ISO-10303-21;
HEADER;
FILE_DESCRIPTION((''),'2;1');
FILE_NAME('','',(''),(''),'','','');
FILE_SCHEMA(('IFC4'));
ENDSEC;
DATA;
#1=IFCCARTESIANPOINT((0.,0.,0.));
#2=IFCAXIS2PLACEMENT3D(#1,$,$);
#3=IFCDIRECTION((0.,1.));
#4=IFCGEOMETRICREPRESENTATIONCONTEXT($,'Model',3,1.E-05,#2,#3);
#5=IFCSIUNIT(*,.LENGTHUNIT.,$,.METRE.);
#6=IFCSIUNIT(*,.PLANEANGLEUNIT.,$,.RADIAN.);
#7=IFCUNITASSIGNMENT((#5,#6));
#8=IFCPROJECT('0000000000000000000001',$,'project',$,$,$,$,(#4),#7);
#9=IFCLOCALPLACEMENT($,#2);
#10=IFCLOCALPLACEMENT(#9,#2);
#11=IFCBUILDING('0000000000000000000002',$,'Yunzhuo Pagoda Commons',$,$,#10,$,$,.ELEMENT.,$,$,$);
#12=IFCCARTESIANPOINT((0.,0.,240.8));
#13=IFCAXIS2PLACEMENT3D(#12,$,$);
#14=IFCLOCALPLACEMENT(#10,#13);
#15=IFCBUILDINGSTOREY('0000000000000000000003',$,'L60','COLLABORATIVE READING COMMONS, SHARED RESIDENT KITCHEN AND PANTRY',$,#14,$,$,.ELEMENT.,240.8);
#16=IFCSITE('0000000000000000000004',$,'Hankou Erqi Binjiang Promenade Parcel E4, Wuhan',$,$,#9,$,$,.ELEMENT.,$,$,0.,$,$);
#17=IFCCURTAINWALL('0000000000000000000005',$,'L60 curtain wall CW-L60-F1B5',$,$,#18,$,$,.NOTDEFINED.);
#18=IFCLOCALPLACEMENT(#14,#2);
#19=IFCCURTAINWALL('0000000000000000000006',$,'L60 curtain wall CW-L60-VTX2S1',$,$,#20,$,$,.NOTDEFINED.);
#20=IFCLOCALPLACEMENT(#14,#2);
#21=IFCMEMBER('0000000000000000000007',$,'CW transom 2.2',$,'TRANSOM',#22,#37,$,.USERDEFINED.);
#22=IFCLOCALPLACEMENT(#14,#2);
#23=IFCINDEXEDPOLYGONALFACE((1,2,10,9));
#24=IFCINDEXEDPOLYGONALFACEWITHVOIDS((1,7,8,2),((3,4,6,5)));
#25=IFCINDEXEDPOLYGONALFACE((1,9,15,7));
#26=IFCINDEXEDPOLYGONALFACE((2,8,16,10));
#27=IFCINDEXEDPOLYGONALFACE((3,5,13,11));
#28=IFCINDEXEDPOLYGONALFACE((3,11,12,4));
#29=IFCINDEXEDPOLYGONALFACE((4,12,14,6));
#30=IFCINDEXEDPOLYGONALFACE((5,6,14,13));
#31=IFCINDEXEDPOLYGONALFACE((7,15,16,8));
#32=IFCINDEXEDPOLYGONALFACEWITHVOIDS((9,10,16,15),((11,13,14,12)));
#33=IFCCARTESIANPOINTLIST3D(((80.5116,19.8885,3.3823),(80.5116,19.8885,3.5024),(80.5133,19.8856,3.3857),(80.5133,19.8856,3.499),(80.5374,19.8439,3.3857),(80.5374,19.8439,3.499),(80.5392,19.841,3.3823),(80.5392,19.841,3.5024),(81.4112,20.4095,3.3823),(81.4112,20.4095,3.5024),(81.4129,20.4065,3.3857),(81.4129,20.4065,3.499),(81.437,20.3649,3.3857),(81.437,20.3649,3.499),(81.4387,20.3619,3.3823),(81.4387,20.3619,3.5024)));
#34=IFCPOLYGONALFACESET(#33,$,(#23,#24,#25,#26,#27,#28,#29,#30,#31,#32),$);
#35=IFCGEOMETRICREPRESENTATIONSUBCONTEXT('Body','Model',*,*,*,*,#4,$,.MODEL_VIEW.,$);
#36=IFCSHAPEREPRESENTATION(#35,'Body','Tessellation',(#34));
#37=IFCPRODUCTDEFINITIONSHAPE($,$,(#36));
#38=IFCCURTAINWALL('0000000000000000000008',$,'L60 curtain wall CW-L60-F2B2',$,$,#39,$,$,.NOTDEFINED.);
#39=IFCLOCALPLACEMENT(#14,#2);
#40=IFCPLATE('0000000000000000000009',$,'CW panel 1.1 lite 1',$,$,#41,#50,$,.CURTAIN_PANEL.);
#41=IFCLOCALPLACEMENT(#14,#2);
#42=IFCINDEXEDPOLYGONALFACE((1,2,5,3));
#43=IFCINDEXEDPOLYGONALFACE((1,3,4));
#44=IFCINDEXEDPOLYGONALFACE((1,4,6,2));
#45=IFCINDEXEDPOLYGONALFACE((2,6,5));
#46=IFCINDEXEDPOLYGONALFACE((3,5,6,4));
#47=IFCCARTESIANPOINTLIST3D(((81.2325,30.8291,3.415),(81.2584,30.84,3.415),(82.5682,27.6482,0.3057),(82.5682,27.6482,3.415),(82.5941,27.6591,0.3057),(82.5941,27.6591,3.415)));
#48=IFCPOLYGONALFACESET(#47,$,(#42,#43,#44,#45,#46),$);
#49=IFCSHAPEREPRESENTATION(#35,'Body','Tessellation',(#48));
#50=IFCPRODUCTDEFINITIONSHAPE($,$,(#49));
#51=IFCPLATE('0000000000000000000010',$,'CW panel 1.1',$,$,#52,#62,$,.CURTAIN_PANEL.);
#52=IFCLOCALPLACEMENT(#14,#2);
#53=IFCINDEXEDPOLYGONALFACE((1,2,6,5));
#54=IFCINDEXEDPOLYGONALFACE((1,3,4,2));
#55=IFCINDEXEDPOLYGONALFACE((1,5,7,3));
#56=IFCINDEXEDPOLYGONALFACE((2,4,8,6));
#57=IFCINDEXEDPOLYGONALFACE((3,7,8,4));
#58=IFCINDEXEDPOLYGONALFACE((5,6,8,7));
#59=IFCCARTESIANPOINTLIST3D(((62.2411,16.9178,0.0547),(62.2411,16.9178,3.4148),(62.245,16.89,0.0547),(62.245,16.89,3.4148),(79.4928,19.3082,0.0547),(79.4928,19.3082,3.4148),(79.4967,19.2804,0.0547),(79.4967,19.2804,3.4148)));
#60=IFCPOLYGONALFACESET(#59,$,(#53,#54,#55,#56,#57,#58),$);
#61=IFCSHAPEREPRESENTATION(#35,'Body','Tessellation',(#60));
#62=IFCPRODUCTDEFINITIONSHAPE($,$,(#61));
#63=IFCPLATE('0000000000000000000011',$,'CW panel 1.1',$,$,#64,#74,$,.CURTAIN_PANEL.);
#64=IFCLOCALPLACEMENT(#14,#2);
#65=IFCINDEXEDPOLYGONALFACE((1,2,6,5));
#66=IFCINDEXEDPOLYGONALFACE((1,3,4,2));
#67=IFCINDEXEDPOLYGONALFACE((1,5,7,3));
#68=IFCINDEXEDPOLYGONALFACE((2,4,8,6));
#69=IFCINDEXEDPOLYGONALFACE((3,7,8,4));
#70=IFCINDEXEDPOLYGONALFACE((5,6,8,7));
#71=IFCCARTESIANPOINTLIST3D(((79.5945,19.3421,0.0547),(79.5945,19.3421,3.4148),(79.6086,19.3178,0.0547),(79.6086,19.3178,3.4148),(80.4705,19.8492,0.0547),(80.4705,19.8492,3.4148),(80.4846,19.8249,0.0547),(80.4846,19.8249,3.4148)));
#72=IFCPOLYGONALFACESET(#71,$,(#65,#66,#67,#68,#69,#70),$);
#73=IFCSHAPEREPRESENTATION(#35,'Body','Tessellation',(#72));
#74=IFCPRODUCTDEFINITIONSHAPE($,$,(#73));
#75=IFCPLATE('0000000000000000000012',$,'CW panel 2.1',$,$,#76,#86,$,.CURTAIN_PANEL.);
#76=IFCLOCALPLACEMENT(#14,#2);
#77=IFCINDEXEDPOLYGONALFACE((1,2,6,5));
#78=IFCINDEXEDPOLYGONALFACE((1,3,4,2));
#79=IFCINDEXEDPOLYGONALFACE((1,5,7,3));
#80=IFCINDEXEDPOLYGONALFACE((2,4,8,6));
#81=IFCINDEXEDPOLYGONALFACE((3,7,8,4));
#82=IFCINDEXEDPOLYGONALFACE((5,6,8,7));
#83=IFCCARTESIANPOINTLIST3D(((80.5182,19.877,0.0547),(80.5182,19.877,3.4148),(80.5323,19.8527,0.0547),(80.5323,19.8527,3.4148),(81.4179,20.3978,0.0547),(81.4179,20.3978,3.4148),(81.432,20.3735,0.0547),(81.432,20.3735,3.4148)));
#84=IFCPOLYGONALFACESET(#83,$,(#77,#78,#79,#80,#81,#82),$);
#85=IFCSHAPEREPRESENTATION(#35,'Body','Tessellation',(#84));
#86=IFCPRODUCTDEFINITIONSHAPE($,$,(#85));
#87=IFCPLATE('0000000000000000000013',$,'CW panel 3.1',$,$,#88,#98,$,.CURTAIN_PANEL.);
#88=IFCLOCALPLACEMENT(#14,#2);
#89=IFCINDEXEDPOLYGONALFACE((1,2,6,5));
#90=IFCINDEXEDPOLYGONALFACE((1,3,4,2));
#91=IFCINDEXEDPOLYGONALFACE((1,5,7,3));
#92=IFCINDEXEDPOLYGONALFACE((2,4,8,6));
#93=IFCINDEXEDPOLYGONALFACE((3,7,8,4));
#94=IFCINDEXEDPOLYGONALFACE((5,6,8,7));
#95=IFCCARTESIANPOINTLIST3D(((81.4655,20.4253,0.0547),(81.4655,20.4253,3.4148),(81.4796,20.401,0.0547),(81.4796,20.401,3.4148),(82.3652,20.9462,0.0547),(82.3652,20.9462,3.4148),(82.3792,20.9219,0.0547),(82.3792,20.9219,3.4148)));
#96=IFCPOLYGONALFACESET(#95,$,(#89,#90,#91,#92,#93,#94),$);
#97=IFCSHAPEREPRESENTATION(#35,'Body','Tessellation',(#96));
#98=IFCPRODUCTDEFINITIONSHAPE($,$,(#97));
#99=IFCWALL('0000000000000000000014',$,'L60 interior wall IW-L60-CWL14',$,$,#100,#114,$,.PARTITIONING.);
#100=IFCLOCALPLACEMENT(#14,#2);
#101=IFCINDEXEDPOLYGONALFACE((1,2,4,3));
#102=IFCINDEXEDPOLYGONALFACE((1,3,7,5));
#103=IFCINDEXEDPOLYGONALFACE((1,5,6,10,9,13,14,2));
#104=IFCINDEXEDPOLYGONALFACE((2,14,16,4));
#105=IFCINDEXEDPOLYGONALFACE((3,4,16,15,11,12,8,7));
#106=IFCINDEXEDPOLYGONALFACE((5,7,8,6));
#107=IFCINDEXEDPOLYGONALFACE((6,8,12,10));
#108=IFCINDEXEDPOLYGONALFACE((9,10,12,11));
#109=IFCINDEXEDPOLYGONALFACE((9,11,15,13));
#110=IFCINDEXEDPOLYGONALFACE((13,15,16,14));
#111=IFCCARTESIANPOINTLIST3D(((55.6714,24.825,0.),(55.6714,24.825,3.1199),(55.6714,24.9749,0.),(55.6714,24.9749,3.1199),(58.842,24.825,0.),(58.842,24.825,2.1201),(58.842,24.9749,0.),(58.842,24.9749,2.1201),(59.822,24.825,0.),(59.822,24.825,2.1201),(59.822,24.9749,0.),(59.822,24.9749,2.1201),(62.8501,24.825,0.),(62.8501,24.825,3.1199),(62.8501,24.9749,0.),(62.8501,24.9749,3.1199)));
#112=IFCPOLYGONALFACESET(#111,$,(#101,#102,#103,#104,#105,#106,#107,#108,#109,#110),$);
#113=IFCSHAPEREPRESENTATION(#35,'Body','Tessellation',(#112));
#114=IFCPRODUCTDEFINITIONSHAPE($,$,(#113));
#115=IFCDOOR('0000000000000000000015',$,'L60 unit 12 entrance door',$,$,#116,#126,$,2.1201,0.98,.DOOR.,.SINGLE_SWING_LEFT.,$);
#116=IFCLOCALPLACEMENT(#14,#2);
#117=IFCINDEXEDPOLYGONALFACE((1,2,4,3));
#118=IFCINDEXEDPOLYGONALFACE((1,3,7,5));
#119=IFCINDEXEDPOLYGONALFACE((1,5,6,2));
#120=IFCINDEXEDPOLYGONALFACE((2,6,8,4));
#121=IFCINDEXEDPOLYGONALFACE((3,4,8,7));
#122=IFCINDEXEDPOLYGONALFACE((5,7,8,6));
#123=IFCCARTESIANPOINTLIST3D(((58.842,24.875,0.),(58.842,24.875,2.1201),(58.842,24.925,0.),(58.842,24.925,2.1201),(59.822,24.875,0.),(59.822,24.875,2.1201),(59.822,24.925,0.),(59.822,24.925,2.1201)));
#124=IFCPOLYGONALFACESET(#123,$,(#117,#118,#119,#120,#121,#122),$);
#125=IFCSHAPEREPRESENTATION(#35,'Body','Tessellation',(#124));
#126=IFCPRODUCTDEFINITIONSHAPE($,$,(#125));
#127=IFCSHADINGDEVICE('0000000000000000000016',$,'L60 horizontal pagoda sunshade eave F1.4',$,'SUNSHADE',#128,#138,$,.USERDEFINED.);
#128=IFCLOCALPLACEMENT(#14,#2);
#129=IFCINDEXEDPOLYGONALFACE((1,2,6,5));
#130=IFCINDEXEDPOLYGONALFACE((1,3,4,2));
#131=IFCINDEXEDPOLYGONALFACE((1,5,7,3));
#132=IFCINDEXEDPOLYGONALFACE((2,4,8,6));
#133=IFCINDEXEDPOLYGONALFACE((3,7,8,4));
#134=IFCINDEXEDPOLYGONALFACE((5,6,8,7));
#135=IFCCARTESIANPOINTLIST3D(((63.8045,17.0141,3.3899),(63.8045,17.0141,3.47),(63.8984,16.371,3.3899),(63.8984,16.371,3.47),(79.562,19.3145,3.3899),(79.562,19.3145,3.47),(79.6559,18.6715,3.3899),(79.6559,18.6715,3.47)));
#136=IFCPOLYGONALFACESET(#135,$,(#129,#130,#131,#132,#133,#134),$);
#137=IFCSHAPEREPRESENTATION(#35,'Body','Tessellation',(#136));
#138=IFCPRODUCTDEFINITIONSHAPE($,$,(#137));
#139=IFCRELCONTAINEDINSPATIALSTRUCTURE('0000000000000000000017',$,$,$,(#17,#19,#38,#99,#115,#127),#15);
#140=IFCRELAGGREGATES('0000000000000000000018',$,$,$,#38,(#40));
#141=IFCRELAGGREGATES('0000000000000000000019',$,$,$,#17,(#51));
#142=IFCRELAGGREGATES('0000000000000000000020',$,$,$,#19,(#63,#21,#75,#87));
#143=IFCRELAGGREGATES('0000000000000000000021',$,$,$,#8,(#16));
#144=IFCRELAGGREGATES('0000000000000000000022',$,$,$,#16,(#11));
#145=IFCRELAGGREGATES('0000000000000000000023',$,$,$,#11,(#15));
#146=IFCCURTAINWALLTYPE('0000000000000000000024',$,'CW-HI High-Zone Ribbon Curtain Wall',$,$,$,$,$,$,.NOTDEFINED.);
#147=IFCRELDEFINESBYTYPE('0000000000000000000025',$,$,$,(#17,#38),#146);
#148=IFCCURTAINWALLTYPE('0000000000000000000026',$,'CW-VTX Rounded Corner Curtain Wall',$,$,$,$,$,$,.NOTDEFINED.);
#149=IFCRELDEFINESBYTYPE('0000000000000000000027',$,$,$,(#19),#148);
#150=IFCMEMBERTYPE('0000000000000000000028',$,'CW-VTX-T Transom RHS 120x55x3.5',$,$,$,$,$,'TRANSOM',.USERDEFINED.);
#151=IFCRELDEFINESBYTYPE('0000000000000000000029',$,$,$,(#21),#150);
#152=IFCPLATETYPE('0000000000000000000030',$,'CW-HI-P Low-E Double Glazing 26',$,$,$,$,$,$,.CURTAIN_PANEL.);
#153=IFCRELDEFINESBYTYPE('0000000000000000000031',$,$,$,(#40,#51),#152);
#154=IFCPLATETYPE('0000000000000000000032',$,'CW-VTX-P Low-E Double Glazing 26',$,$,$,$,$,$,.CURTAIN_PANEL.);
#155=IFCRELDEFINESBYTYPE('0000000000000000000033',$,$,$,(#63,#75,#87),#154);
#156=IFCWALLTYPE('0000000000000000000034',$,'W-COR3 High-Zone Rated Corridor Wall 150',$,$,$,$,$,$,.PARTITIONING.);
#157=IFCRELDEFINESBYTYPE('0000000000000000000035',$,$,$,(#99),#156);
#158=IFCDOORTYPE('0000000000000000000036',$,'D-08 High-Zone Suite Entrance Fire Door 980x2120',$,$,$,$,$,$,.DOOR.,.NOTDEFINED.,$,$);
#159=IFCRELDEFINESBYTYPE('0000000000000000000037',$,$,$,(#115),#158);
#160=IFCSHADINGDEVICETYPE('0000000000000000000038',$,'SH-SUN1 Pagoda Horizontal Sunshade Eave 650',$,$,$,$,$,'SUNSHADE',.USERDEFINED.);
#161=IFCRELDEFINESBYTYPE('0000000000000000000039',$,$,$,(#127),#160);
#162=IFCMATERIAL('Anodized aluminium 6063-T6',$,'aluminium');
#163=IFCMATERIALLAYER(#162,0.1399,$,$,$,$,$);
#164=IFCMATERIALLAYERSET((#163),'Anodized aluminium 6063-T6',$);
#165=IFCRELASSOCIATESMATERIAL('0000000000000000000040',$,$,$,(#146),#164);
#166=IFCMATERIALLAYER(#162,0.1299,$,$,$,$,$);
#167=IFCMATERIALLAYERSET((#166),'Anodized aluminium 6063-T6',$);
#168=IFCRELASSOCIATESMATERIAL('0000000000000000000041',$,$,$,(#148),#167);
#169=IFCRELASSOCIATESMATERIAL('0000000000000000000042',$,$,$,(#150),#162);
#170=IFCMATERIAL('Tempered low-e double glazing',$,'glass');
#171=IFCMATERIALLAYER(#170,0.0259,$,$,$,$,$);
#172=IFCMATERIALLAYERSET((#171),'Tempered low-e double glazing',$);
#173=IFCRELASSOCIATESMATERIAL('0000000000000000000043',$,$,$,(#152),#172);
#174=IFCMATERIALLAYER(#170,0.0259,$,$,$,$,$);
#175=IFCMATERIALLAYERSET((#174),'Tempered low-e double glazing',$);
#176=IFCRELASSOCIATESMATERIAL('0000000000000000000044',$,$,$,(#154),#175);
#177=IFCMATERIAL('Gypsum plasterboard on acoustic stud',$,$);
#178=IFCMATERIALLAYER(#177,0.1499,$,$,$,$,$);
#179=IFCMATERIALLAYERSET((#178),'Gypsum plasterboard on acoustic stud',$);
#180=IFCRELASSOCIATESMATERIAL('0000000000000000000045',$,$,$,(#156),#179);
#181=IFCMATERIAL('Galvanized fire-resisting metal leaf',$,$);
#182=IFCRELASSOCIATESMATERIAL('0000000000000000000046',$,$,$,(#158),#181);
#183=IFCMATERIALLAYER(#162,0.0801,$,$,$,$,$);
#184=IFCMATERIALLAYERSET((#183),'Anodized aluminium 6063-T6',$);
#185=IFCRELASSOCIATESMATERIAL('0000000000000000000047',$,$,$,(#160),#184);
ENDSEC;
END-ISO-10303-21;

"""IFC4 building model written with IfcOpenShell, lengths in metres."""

from ifc_helpers import new_model, si_unit, direction, frame, frame_2d, origin, origin_with_axes, origin_2d, place, context, subcontext, project, spatial, polyline, rectangle, hollow_rectangle, outline, extrude, source, transform, mapped, material, layer, layer_set, material_profile, profile_set, type_object, element, fill, aggregate, save


model = new_model("IFC4")

# Units and contexts
model_context = context("Model", 3, precision=1e-05, world=origin(), true_north=direction((0.0, 1.0)))
body_context = subcontext(model_context, "Body", "Model", "MODEL_VIEW")
ifc_project = project(units=[si_unit("LENGTHUNIT", "METRE"), si_unit("PLANEANGLEUNIT", "RADIAN")], contexts=[model_context])

# Site, building, storey
site_placement = place(None, origin())
site = spatial("IfcSite", under=ifc_project, at=site_placement, Name="Hankou Erqi Binjiang Promenade Parcel E4, Wuhan", CompositionType="ELEMENT", RefElevation=0.0)
building_placement = place(site_placement, origin())
building = spatial("IfcBuilding", under=site, at=building_placement, Name="Yunzhuo Pagoda Commons", CompositionType="ELEMENT")
storey_placement = place(building_placement, frame((0.0, 0.0, 240.8)))
storey = spatial("IfcBuildingStorey", under=building, at=storey_placement, Name="L60", Description="COLLABORATIVE READING COMMONS, SHARED RESIDENT KITCHEN AND PANTRY", CompositionType="ELEMENT", Elevation=240.8)

# Curtain walls, member
ifc_material_1 = material(Name="Anodized aluminium 6063-T6", Category="aluminium")
ifc_layer_1 = layer(ifc_material_1, 0.1399)
ifc_layer_set_1 = layer_set([ifc_layer_1], Name="Anodized aluminium 6063-T6")
curtain_wall_type_1 = type_object("IfcCurtainWallType", Name="CW-HI High-Zone Ribbon Curtain Wall", PredefinedType="NOTDEFINED", material=ifc_layer_set_1)
curtain_wall_1_placement = place(storey_placement, origin())
curtain_wall_1 = element("IfcCurtainWall", 1, at=curtain_wall_1_placement, inside=storey, type_object=curtain_wall_type_1, Name="L60 curtain wall CW-L60-F1B5", PredefinedType="NOTDEFINED")
ifc_layer_2 = layer(ifc_material_1, 0.1299)
ifc_layer_set_2 = layer_set([ifc_layer_2], Name="Anodized aluminium 6063-T6")
curtain_wall_type_2 = type_object("IfcCurtainWallType", Name="CW-VTX Rounded Corner Curtain Wall", PredefinedType="NOTDEFINED", material=ifc_layer_set_2)
curtain_wall_2_placement = place(storey_placement, origin())
curtain_wall_2 = element("IfcCurtainWall", 2, at=curtain_wall_2_placement, inside=storey, type_object=curtain_wall_type_2, Name="L60 curtain wall CW-L60-VTX2S1", PredefinedType="NOTDEFINED")
ifc_material_profile_1 = material_profile(ifc_material_1, hollow_rectangle(XDim=0.0549, YDim=0.1201, WallThickness=0.0034, at=origin_2d()), Name="Anodized aluminium 6063-T6")
ifc_profile_set_1 = profile_set([ifc_material_profile_1], Name="Anodized aluminium 6063-T6")
member_type_1 = type_object("IfcMemberType", Name="CW-VTX-T Transom RHS 120x55x3.5", ElementType="TRANSOM", PredefinedType="USERDEFINED", material=ifc_profile_set_1)
shared_shape_1 = source(origin(), body_context, "Body", "SweptSolid", [
    extrude(hollow_rectangle(XDim=0.0549, YDim=0.1201, WallThickness=0.0034, at=origin_2d()), origin(), (0.0, 0.0, 1.0), 1.0396),
])
member_1_placement = place(storey_placement, frame((80.5254, 19.8647, 3.4424), z_axis=(0.865367, 0.501138, 0.0), x_axis=(-0.501138, 0.865367, 0.0)))
member_1 = element("IfcMember", 3, at=member_1_placement, type_object=member_type_1, Name="CW transom 2.2", ObjectType="TRANSOM", PredefinedType="USERDEFINED", context=body_context, shape_type="MappedRepresentation", body=[
    mapped(shared_shape_1, transform((0.0, 0.0, 0.0), scale=1.0)),
])

# Curtain wall, plate
curtain_wall_3_placement = place(storey_placement, origin())
curtain_wall_3 = element("IfcCurtainWall", 4, at=curtain_wall_3_placement, inside=storey, type_object=curtain_wall_type_1, Name="L60 curtain wall CW-L60-F2B2", PredefinedType="NOTDEFINED")
ifc_material_2 = material(Name="Tempered low-e double glazing", Category="glass")
ifc_layer_3 = layer(ifc_material_2, 0.0259)
ifc_layer_set_3 = layer_set([ifc_layer_3], Name="Tempered low-e double glazing")
plate_type_1 = type_object("IfcPlateType", Name="CW-HI-P Low-E Double Glazing 26", PredefinedType="CURTAIN_PANEL", material=ifc_layer_set_3)
plate_1_placement = place(storey_placement, frame((81.9004, 29.2385, 1.8604), z_axis=(0.922008, 0.38717, 0.0), x_axis=(-0.38717, 0.922008, 0.0)))
plate_1 = element("IfcPlate", 5, at=plate_1_placement, type_object=plate_type_1, Name="CW panel 1.1 lite 1", PredefinedType="CURTAIN_PANEL", context=body_context, shape_type="SweptSolid", body=[
    extrude(outline(polyline([(-1.7249, -1.5547), (1.7251, 1.5547), (-1.7249, 1.5547), (-1.7249, -1.5547)])), origin(), (0.0, 0.0, 1.0), 0.0281),
])
aggregate(curtain_wall_3, [plate_1])

# Plates
shared_shape_2 = source(origin(), body_context, "Body", "SweptSolid", [
    extrude(rectangle(XDim=17.4165, YDim=0.0281, at=origin_2d()), origin(), (0.0, 0.0, 1.0), 3.3601),
])
plate_2_placement = place(storey_placement, frame((70.8689, 18.0991, 0.0547), z_axis=(0.0, 0.0, 1.0), x_axis=(0.990536, 0.13725, 0.0)))
plate_2 = element("IfcPlate", 6, at=plate_2_placement, type_object=plate_type_1, Name="CW panel 1.1", PredefinedType="CURTAIN_PANEL", context=body_context, shape_type="MappedRepresentation", body=[
    mapped(shared_shape_2, transform((0.0, 0.0, 0.0), scale=1.0)),
])
aggregate(curtain_wall_1, [plate_2])
ifc_layer_4 = layer(ifc_material_2, 0.0259)
ifc_layer_set_4 = layer_set([ifc_layer_4], Name="Tempered low-e double glazing")
plate_type_2 = type_object("IfcPlateType", Name="CW-VTX-P Low-E Double Glazing 26", PredefinedType="CURTAIN_PANEL", material=ifc_layer_set_4)
shared_shape_3 = source(origin(), body_context, "Body", "SweptSolid", [
    extrude(rectangle(XDim=1.0122, YDim=0.0281, at=origin_2d()), origin(), (0.0, 0.0, 1.0), 3.3601),
])
plate_3_placement = place(storey_placement, frame((80.0396, 19.5835, 0.0547), z_axis=(0.0, 0.0, 1.0), x_axis=(0.865427, 0.501035, 0.0)))
plate_3 = element("IfcPlate", 7, at=plate_3_placement, type_object=plate_type_2, Name="CW panel 1.1", PredefinedType="CURTAIN_PANEL", context=body_context, shape_type="MappedRepresentation", body=[
    mapped(shared_shape_3, transform((0.0, 0.0, 0.0), scale=1.0)),
])
shared_shape_4 = source(origin(), body_context, "Body", "SweptSolid", [
    extrude(rectangle(XDim=1.0396, YDim=0.0281, at=origin_2d()), origin(), (0.0, 0.0, 1.0), 3.3601),
])
plate_4_placement = place(storey_placement, frame((80.9751, 20.1252, 0.0547), z_axis=(0.0, 0.0, 1.0), x_axis=(0.865427, 0.501035, 0.0)))
plate_4 = element("IfcPlate", 8, at=plate_4_placement, type_object=plate_type_2, Name="CW panel 2.1", PredefinedType="CURTAIN_PANEL", context=body_context, shape_type="MappedRepresentation", body=[
    mapped(shared_shape_4, transform((0.0, 0.0, 0.0), scale=1.0)),
])
plate_5_placement = place(storey_placement, frame((81.9224, 20.6736, 0.0547), z_axis=(0.0, 0.0, 1.0), x_axis=(0.865427, 0.501035, 0.0)))
plate_5 = element("IfcPlate", 9, at=plate_5_placement, type_object=plate_type_2, Name="CW panel 3.1", PredefinedType="CURTAIN_PANEL", context=body_context, shape_type="MappedRepresentation", body=[
    mapped(shared_shape_4, transform((0.0, 0.0, 0.0), scale=1.0)),
])
aggregate(curtain_wall_2, [plate_3, member_1, plate_4, plate_5])

# Wall, opening, door
ifc_material_3 = material(Name="Gypsum plasterboard on acoustic stud")
ifc_layer_5 = layer(ifc_material_3, 0.1499)
ifc_layer_set_5 = layer_set([ifc_layer_5], Name="Gypsum plasterboard on acoustic stud")
wall_type = type_object("IfcWallType", Name="W-COR3 High-Zone Rated Corridor Wall 150", PredefinedType="PARTITIONING", material=ifc_layer_set_5)
wall_placement = place(storey_placement, frame((62.8501, 24.8999, 0.0), z_axis=(0.0, 0.0, 1.0), x_axis=(-1.0, 0.0, 0.0)))
wall = element("IfcWall", 10, at=wall_placement, inside=storey, type_object=wall_type, Name="L60 interior wall IW-L60-CWL14", PredefinedType="PARTITIONING", context=body_context, shape_type="SweptSolid", body=[
    extrude(rectangle(XDim=7.1787, YDim=0.1499, at=frame_2d((3.5894, 0.0))), origin(), (0.0, 0.0, 1.0), 3.1199),
])
opening_placement = place(wall_placement, frame((3.0281, 0.0, 0.0)))
opening = element("IfcOpeningElement", 11, at=opening_placement, cuts=wall, PredefinedType="OPENING", context=body_context, shape_type="SweptSolid", body=[
    extrude(rectangle(XDim=0.98, YDim=2.1201, at=frame_2d((0.49, 1.0601))), frame((0.0, 0.085, 0.0), z_axis=(0.0, -1.0, 0.0), x_axis=(1.0, 0.0, 0.0)), (0.0, 0.0, 1.0), 0.1699),
])
ifc_material_4 = material(Name="Galvanized fire-resisting metal leaf")
door_type = type_object("IfcDoorType", Name="D-08 High-Zone Suite Entrance Fire Door 980x2120", OperationType="NOTDEFINED", PredefinedType="DOOR", material=ifc_material_4)
shared_shape_5 = source(origin(), body_context, "Body", "SweptSolid", [
    extrude(rectangle(XDim=0.98, YDim=2.1201, at=frame_2d((0.49, 1.0601))), frame((0.0, 0.0249, 0.0), z_axis=(0.0, -1.0, 0.0), x_axis=(1.0, 0.0, 0.0)), (0.0, 0.0, 1.0), 0.05),
])
door_placement = place(opening_placement, origin_with_axes())
door = element("IfcDoor", 12, at=door_placement, inside=storey, type_object=door_type, Name="L60 unit 12 entrance door", OperationType="SINGLE_SWING_LEFT", OverallHeight=2.1201, OverallWidth=0.98, PredefinedType="DOOR", context=body_context, shape_type="MappedRepresentation", body=[
    mapped(shared_shape_5, transform((0.0, 0.0, 0.0), scale=1.0)),
])
fill(opening, door)

# Shading device
ifc_layer_6 = layer(ifc_material_1, 0.0801)
ifc_layer_set_6 = layer_set([ifc_layer_6], Name="Anodized aluminium 6063-T6")
shading_device_type = type_object("IfcShadingDeviceType", Name="SH-SUN1 Pagoda Horizontal Sunshade Eave 650", ElementType="SUNSHADE", PredefinedType="USERDEFINED", material=ifc_layer_set_6)
shared_shape_6 = source(origin(), body_context, "Body", "SweptSolid", [
    extrude(rectangle(XDim=15.9246, YDim=0.6499, at=origin_2d()), origin(), (0.0, 0.0, 1.0), 0.0801),
])
shading_device_placement = place(storey_placement, frame((71.7302, 17.8428, 3.3899), z_axis=(0.0, 0.0, 1.0), x_axis=(0.989511, 0.14446, 0.0)))
element("IfcShadingDevice", 13, at=shading_device_placement, inside=storey, type_object=shading_device_type, Name="L60 horizontal pagoda sunshade eave F1.4", ObjectType="SUNSHADE", PredefinedType="USERDEFINED", context=body_context, shape_type="MappedRepresentation", body=[
    mapped(shared_shape_6, transform((0.0, 0.0, 0.0), scale=1.0)),
])

save(model, "model.ifc")
